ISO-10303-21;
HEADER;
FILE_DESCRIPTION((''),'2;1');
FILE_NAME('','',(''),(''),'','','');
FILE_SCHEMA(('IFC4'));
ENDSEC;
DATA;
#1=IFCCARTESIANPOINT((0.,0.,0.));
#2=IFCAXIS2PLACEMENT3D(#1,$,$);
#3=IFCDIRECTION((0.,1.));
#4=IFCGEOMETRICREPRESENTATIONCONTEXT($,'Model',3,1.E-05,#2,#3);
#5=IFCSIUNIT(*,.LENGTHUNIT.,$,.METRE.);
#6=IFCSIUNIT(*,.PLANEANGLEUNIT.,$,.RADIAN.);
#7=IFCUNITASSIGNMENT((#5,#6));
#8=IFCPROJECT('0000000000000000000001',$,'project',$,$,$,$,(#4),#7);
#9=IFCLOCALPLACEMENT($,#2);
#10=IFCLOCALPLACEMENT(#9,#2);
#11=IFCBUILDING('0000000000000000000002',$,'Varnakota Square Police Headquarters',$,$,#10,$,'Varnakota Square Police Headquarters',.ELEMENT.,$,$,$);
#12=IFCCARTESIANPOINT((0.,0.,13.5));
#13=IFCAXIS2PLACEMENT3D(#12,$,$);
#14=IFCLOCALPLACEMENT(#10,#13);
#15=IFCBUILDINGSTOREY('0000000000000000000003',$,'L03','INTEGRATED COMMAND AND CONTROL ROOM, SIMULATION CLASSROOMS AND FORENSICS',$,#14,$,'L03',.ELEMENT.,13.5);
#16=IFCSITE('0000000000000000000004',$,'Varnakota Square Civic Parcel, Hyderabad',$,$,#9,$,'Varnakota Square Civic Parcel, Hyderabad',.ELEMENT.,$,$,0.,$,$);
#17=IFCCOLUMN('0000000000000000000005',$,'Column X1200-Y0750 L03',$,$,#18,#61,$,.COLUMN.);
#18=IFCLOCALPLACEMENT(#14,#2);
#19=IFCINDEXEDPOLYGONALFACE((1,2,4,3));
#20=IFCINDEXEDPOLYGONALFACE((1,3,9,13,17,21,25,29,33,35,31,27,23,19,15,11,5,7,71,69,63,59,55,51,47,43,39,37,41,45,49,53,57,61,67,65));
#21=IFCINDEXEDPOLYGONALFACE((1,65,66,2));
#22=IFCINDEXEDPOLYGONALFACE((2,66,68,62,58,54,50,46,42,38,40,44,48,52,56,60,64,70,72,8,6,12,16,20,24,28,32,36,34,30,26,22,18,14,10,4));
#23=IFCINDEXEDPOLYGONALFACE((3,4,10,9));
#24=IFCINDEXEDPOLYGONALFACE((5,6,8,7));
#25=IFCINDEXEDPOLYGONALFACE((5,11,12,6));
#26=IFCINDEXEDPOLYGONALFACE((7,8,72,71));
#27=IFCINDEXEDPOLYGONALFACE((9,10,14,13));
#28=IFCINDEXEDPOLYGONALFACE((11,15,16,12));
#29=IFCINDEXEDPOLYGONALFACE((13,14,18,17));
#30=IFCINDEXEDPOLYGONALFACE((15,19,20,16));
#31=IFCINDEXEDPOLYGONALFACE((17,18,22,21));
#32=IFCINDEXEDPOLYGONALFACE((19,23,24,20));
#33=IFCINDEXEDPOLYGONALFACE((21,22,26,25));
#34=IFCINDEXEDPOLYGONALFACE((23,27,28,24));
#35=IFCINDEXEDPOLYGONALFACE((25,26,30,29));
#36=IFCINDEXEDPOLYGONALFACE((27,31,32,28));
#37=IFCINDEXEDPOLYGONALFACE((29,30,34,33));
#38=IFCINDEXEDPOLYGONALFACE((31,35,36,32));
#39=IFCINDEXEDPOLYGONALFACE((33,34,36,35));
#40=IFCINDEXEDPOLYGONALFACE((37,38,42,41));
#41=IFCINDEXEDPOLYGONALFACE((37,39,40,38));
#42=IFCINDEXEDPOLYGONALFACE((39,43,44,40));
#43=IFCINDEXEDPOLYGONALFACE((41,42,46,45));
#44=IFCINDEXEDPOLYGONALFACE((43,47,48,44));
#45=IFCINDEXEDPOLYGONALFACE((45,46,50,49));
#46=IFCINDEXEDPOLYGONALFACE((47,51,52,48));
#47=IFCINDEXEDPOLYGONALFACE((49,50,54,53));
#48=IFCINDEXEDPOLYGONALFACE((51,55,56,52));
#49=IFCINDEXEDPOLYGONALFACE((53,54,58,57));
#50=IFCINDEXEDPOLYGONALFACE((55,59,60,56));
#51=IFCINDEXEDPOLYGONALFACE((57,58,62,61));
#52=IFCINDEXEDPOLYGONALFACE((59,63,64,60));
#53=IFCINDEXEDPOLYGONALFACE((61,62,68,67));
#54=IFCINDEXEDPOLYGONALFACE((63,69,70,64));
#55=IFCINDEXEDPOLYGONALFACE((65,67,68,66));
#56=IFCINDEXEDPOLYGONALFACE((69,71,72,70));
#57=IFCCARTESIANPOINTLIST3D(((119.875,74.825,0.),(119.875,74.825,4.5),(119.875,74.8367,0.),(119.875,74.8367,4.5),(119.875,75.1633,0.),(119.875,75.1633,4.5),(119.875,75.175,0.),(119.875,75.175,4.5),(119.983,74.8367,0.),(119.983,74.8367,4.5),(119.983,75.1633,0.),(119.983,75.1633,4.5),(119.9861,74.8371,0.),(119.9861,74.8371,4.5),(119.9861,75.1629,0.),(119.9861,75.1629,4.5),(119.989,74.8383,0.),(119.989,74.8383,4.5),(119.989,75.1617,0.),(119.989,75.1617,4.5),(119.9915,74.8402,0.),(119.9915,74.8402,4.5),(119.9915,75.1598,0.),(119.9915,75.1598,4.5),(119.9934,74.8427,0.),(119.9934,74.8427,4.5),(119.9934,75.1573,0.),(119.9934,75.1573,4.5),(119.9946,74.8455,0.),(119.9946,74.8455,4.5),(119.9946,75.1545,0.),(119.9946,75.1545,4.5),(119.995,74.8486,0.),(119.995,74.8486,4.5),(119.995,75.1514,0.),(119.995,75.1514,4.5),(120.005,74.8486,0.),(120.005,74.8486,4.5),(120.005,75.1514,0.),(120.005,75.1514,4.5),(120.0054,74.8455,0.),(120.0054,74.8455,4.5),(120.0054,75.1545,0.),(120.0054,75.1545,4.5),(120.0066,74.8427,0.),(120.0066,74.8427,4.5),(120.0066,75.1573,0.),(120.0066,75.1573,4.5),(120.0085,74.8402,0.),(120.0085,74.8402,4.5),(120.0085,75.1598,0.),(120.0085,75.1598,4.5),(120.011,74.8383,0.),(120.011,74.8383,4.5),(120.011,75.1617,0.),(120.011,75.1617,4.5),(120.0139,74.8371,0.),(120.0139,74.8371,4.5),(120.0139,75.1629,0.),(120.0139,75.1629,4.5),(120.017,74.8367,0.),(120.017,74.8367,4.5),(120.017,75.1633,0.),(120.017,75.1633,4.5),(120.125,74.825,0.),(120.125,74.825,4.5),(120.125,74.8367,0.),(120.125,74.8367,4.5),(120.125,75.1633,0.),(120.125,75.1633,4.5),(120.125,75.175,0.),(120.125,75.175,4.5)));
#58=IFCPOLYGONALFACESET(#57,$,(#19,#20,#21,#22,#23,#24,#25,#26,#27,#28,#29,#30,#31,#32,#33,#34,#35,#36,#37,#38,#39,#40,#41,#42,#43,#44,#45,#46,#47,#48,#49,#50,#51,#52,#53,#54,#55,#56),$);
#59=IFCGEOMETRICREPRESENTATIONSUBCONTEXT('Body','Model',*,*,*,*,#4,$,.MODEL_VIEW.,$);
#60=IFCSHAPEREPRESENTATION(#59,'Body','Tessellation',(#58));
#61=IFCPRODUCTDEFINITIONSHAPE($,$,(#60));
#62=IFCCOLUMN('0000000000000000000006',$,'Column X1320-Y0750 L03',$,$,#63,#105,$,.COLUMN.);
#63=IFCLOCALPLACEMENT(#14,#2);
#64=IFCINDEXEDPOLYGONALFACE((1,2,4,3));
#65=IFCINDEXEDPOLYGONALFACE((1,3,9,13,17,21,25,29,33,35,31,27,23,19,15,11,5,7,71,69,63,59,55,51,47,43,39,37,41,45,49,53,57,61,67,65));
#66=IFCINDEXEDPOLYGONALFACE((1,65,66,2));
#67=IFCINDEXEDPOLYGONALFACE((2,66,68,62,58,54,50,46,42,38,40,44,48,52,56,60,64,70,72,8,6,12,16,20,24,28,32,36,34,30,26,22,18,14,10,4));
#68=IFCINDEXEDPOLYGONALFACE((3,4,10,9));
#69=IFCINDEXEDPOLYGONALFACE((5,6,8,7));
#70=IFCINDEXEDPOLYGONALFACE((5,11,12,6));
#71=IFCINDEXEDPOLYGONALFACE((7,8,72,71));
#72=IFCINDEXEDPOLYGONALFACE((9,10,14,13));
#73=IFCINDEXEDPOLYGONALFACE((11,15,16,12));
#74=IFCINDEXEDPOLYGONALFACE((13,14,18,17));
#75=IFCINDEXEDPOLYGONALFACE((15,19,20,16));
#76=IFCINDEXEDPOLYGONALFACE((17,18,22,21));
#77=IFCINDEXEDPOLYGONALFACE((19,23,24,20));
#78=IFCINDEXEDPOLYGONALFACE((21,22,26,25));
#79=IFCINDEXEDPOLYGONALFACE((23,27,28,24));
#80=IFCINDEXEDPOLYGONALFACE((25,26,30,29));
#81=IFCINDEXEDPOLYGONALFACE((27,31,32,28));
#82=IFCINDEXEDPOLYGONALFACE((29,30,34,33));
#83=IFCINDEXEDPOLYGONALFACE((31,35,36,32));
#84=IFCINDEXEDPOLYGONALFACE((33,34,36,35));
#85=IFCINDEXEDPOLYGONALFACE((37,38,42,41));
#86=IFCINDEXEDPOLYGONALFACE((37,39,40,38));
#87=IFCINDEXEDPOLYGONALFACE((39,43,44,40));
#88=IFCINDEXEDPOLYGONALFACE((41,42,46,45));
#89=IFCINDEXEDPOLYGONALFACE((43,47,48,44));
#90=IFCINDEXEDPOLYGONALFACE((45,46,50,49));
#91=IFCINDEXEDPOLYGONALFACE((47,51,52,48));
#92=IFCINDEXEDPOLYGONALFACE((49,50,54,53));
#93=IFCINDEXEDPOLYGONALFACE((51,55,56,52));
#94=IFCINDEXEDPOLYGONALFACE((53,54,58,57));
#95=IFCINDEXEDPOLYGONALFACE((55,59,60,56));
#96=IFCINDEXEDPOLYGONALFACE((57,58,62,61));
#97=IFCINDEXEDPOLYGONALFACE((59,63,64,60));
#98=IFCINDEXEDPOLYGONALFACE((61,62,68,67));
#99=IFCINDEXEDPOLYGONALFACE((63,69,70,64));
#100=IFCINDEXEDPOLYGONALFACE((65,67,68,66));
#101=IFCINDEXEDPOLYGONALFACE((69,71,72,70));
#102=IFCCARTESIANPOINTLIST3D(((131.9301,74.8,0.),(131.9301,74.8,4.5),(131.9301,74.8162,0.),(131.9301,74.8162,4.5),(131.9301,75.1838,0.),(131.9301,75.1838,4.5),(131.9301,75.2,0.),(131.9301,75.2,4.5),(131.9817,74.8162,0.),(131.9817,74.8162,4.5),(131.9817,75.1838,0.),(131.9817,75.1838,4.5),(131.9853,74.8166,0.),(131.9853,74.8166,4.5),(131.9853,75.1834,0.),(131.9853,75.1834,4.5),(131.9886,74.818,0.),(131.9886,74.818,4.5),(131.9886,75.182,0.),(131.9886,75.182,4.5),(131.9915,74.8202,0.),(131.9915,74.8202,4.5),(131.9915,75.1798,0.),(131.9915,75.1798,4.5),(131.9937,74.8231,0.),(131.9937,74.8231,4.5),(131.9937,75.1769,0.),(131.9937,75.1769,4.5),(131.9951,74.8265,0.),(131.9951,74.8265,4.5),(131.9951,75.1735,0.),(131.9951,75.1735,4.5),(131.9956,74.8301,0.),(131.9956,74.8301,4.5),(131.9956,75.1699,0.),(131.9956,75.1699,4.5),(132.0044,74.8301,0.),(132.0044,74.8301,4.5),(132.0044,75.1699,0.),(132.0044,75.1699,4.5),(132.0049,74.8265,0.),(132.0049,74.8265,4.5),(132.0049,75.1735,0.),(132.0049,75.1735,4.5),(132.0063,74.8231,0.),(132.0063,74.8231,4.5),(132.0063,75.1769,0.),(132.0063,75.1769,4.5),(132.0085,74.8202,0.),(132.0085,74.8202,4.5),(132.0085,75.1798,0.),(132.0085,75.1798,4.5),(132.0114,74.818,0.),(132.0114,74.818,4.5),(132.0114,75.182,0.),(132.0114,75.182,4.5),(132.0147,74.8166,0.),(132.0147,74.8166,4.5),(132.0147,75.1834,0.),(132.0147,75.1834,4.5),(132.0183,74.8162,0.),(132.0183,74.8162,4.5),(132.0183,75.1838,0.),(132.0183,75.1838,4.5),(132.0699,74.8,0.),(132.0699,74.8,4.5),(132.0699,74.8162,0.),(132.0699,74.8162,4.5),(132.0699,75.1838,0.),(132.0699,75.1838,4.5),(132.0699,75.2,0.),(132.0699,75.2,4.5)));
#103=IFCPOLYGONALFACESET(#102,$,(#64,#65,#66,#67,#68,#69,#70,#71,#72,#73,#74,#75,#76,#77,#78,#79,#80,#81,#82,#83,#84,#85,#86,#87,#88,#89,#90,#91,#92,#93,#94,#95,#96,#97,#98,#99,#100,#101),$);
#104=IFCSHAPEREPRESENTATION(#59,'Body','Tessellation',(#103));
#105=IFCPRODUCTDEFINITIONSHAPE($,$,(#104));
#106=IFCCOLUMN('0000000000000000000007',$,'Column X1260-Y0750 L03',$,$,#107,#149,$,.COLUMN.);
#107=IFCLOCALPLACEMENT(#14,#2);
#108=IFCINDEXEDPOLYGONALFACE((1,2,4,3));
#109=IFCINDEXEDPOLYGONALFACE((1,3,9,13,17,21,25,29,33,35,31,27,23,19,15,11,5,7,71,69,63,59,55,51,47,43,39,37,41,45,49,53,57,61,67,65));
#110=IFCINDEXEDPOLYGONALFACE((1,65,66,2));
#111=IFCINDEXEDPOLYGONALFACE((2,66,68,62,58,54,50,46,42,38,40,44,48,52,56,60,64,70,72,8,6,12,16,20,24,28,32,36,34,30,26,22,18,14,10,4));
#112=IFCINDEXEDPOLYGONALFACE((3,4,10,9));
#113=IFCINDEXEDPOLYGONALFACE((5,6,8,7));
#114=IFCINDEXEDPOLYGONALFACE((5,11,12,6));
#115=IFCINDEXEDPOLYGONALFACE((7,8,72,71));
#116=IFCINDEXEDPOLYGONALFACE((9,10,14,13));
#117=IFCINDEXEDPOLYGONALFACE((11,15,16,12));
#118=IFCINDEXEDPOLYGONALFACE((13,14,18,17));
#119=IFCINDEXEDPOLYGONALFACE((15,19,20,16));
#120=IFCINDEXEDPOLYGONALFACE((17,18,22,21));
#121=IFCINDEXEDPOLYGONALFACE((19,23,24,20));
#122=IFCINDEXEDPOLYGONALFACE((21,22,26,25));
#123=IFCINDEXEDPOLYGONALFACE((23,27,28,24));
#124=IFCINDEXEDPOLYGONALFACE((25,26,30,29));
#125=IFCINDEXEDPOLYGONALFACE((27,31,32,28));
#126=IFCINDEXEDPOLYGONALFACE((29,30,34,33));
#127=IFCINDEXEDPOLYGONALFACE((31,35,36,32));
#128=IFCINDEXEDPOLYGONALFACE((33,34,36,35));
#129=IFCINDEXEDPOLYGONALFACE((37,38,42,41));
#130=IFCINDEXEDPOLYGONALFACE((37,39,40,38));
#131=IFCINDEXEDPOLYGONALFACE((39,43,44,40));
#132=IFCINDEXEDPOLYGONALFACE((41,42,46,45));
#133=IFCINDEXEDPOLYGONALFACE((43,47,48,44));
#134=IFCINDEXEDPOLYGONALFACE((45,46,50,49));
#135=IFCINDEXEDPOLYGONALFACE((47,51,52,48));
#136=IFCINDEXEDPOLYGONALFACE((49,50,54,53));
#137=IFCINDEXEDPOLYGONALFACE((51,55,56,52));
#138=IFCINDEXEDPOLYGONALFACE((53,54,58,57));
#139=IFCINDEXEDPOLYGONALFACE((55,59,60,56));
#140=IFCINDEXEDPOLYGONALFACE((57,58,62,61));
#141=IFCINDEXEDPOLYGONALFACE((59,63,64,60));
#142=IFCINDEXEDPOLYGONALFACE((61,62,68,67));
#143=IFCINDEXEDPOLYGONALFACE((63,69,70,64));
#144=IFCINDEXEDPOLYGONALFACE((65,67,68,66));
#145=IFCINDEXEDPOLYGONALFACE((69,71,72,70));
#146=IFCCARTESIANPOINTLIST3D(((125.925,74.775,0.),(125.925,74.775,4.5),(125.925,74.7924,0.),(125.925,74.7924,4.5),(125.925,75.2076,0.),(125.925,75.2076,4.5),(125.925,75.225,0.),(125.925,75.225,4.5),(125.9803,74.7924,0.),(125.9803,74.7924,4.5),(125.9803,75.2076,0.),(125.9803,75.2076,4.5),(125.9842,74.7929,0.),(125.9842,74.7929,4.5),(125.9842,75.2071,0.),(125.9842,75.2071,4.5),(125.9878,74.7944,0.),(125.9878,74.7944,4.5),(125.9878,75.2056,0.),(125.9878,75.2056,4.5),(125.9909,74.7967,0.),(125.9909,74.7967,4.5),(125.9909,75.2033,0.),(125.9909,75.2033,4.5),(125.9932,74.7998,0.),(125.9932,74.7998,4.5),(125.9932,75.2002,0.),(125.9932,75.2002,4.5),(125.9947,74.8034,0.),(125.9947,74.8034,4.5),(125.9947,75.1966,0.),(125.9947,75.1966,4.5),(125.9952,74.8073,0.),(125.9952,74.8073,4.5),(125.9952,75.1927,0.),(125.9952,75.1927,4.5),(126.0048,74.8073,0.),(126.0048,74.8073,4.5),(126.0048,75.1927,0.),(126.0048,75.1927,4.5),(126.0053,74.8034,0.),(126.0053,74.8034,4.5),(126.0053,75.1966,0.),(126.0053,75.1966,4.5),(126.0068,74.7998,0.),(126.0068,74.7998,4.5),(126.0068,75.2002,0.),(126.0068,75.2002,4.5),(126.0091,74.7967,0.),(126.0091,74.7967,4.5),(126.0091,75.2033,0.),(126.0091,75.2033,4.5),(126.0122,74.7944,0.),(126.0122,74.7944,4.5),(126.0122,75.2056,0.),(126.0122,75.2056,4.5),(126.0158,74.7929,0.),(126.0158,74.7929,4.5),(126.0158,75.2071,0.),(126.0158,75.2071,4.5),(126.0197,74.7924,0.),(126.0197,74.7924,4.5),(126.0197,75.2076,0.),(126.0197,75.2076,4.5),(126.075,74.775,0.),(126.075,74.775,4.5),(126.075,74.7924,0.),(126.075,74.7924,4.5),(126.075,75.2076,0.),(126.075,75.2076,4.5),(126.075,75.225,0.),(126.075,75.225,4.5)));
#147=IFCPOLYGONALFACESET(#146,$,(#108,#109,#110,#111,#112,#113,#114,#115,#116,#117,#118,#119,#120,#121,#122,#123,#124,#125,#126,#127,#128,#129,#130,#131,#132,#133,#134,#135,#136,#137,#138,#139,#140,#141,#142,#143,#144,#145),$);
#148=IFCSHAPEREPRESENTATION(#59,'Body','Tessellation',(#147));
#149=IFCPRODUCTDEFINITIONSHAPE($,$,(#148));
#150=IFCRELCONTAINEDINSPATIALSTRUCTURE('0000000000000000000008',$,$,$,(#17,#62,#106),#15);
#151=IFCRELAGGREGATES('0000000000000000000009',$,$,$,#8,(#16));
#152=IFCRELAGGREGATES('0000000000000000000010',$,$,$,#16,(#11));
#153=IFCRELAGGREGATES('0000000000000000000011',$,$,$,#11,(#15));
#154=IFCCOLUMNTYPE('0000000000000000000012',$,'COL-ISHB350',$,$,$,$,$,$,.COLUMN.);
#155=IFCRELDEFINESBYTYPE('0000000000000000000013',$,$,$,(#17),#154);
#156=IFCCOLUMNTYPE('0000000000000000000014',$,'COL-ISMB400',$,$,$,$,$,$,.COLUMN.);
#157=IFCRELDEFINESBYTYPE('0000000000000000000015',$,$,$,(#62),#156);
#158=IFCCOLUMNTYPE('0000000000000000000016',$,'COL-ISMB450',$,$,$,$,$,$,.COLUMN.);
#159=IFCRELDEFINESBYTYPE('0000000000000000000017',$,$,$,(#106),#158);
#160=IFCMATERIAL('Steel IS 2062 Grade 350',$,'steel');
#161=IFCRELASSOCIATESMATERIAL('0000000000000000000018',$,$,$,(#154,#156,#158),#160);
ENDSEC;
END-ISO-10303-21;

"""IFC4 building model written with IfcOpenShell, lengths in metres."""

from ifc_helpers import new_model, si_unit, direction, frame, origin, origin_2d, place, context, subcontext, project, spatial, i_section, extrude, material, material_profile, profile_set, type_object, element, save


model = new_model("IFC4")

# Units and contexts
model_context = context("Model", 3, precision=1e-05, world=origin(), true_north=direction((0.0, 1.0)))
body_context = subcontext(model_context, "Body", "Model", "MODEL_VIEW")
ifc_project = project(units=[si_unit("LENGTHUNIT", "METRE"), si_unit("PLANEANGLEUNIT", "RADIAN")], contexts=[model_context])

# Site, building, storey
site_placement = place(None, origin())
site = spatial("IfcSite", under=ifc_project, at=site_placement, Name="Varnakota Square Civic Parcel, Hyderabad", LongName="Varnakota Square Civic Parcel, Hyderabad", CompositionType="ELEMENT", RefElevation=0.0)
building_placement = place(site_placement, origin())
building = spatial("IfcBuilding", under=site, at=building_placement, Name="Varnakota Square Police Headquarters", LongName="Varnakota Square Police Headquarters", CompositionType="ELEMENT")
storey_placement = place(building_placement, frame((0.0, 0.0, 13.5)))
storey = spatial("IfcBuildingStorey", under=building, at=storey_placement, Name="L03", Description="INTEGRATED COMMAND AND CONTROL ROOM, SIMULATION CLASSROOMS AND FORENSICS", LongName="L03", CompositionType="ELEMENT", Elevation=13.5)

# Columns
ifc_material_1 = material(Name="Steel IS 2062 Grade 350", Category="steel")
ifc_material_profile_1 = material_profile(ifc_material_1, i_section(OverallWidth=0.25, OverallDepth=0.3501, WebThickness=0.01, FlangeThickness=0.0117, FilletRadius=0.012, at=origin_2d()), Name="ISHB 350")
ifc_profile_set_1 = profile_set([ifc_material_profile_1], Name="Steel IS 2062 Grade 350")
column_type_1 = type_object("IfcColumnType", Name="COL-ISHB350", PredefinedType="COLUMN", material=ifc_profile_set_1)
column_1_placement = place(storey_placement, frame((120.0, 75.0, 0.0), z_axis=(0.0, 0.0, 1.0), x_axis=(1.0, 0.0, 0.0)))
element("IfcColumn", 1, at=column_1_placement, inside=storey, type_object=column_type_1, Name="Column X1200-Y0750 L03", PredefinedType="COLUMN", context=body_context, shape_type="SweptSolid", body=[
    extrude(i_section(OverallWidth=0.25, OverallDepth=0.3501, WebThickness=0.01, FlangeThickness=0.0117, FilletRadius=0.012, at=origin_2d()), origin(), (0.0, 0.0, 1.0), 4.5),
])
ifc_material_profile_2 = material_profile(ifc_material_1, i_section(OverallWidth=0.1399, OverallDepth=0.3999, WebThickness=0.0088, FlangeThickness=0.0161, FilletRadius=0.0139, at=origin_2d()), Name="ISMB 400")
ifc_profile_set_2 = profile_set([ifc_material_profile_2], Name="Steel IS 2062 Grade 350")
column_type_2 = type_object("IfcColumnType", Name="COL-ISMB400", PredefinedType="COLUMN", material=ifc_profile_set_2)
column_2_placement = place(storey_placement, frame((132.0, 75.0, 0.0), z_axis=(0.0, 0.0, 1.0), x_axis=(1.0, 0.0, 0.0)))
element("IfcColumn", 2, at=column_2_placement, inside=storey, type_object=column_type_2, Name="Column X1320-Y0750 L03", PredefinedType="COLUMN", context=body_context, shape_type="SweptSolid", body=[
    extrude(i_section(OverallWidth=0.1399, OverallDepth=0.3999, WebThickness=0.0088, FlangeThickness=0.0161, FilletRadius=0.0139, at=origin_2d()), origin(), (0.0, 0.0, 1.0), 4.5),
])
ifc_material_profile_3 = material_profile(ifc_material_1, i_section(OverallWidth=0.1499, OverallDepth=0.45, WebThickness=0.0095, FlangeThickness=0.0173, FilletRadius=0.0149, at=origin_2d()), Name="ISMB 450")
ifc_profile_set_3 = profile_set([ifc_material_profile_3], Name="Steel IS 2062 Grade 350")
column_type_3 = type_object("IfcColumnType", Name="COL-ISMB450", PredefinedType="COLUMN", material=ifc_profile_set_3)
column_3_placement = place(storey_placement, frame((126.0, 75.0, 0.0), z_axis=(0.0, 0.0, 1.0), x_axis=(1.0, 0.0, 0.0)))
element("IfcColumn", 3, at=column_3_placement, inside=storey, type_object=column_type_3, Name="Column X1260-Y0750 L03", PredefinedType="COLUMN", context=body_context, shape_type="SweptSolid", body=[
    extrude(i_section(OverallWidth=0.1499, OverallDepth=0.45, WebThickness=0.0095, FlangeThickness=0.0173, FilletRadius=0.0149, at=origin_2d()), origin(), (0.0, 0.0, 1.0), 4.5),
])

save(model, "model.ifc")
